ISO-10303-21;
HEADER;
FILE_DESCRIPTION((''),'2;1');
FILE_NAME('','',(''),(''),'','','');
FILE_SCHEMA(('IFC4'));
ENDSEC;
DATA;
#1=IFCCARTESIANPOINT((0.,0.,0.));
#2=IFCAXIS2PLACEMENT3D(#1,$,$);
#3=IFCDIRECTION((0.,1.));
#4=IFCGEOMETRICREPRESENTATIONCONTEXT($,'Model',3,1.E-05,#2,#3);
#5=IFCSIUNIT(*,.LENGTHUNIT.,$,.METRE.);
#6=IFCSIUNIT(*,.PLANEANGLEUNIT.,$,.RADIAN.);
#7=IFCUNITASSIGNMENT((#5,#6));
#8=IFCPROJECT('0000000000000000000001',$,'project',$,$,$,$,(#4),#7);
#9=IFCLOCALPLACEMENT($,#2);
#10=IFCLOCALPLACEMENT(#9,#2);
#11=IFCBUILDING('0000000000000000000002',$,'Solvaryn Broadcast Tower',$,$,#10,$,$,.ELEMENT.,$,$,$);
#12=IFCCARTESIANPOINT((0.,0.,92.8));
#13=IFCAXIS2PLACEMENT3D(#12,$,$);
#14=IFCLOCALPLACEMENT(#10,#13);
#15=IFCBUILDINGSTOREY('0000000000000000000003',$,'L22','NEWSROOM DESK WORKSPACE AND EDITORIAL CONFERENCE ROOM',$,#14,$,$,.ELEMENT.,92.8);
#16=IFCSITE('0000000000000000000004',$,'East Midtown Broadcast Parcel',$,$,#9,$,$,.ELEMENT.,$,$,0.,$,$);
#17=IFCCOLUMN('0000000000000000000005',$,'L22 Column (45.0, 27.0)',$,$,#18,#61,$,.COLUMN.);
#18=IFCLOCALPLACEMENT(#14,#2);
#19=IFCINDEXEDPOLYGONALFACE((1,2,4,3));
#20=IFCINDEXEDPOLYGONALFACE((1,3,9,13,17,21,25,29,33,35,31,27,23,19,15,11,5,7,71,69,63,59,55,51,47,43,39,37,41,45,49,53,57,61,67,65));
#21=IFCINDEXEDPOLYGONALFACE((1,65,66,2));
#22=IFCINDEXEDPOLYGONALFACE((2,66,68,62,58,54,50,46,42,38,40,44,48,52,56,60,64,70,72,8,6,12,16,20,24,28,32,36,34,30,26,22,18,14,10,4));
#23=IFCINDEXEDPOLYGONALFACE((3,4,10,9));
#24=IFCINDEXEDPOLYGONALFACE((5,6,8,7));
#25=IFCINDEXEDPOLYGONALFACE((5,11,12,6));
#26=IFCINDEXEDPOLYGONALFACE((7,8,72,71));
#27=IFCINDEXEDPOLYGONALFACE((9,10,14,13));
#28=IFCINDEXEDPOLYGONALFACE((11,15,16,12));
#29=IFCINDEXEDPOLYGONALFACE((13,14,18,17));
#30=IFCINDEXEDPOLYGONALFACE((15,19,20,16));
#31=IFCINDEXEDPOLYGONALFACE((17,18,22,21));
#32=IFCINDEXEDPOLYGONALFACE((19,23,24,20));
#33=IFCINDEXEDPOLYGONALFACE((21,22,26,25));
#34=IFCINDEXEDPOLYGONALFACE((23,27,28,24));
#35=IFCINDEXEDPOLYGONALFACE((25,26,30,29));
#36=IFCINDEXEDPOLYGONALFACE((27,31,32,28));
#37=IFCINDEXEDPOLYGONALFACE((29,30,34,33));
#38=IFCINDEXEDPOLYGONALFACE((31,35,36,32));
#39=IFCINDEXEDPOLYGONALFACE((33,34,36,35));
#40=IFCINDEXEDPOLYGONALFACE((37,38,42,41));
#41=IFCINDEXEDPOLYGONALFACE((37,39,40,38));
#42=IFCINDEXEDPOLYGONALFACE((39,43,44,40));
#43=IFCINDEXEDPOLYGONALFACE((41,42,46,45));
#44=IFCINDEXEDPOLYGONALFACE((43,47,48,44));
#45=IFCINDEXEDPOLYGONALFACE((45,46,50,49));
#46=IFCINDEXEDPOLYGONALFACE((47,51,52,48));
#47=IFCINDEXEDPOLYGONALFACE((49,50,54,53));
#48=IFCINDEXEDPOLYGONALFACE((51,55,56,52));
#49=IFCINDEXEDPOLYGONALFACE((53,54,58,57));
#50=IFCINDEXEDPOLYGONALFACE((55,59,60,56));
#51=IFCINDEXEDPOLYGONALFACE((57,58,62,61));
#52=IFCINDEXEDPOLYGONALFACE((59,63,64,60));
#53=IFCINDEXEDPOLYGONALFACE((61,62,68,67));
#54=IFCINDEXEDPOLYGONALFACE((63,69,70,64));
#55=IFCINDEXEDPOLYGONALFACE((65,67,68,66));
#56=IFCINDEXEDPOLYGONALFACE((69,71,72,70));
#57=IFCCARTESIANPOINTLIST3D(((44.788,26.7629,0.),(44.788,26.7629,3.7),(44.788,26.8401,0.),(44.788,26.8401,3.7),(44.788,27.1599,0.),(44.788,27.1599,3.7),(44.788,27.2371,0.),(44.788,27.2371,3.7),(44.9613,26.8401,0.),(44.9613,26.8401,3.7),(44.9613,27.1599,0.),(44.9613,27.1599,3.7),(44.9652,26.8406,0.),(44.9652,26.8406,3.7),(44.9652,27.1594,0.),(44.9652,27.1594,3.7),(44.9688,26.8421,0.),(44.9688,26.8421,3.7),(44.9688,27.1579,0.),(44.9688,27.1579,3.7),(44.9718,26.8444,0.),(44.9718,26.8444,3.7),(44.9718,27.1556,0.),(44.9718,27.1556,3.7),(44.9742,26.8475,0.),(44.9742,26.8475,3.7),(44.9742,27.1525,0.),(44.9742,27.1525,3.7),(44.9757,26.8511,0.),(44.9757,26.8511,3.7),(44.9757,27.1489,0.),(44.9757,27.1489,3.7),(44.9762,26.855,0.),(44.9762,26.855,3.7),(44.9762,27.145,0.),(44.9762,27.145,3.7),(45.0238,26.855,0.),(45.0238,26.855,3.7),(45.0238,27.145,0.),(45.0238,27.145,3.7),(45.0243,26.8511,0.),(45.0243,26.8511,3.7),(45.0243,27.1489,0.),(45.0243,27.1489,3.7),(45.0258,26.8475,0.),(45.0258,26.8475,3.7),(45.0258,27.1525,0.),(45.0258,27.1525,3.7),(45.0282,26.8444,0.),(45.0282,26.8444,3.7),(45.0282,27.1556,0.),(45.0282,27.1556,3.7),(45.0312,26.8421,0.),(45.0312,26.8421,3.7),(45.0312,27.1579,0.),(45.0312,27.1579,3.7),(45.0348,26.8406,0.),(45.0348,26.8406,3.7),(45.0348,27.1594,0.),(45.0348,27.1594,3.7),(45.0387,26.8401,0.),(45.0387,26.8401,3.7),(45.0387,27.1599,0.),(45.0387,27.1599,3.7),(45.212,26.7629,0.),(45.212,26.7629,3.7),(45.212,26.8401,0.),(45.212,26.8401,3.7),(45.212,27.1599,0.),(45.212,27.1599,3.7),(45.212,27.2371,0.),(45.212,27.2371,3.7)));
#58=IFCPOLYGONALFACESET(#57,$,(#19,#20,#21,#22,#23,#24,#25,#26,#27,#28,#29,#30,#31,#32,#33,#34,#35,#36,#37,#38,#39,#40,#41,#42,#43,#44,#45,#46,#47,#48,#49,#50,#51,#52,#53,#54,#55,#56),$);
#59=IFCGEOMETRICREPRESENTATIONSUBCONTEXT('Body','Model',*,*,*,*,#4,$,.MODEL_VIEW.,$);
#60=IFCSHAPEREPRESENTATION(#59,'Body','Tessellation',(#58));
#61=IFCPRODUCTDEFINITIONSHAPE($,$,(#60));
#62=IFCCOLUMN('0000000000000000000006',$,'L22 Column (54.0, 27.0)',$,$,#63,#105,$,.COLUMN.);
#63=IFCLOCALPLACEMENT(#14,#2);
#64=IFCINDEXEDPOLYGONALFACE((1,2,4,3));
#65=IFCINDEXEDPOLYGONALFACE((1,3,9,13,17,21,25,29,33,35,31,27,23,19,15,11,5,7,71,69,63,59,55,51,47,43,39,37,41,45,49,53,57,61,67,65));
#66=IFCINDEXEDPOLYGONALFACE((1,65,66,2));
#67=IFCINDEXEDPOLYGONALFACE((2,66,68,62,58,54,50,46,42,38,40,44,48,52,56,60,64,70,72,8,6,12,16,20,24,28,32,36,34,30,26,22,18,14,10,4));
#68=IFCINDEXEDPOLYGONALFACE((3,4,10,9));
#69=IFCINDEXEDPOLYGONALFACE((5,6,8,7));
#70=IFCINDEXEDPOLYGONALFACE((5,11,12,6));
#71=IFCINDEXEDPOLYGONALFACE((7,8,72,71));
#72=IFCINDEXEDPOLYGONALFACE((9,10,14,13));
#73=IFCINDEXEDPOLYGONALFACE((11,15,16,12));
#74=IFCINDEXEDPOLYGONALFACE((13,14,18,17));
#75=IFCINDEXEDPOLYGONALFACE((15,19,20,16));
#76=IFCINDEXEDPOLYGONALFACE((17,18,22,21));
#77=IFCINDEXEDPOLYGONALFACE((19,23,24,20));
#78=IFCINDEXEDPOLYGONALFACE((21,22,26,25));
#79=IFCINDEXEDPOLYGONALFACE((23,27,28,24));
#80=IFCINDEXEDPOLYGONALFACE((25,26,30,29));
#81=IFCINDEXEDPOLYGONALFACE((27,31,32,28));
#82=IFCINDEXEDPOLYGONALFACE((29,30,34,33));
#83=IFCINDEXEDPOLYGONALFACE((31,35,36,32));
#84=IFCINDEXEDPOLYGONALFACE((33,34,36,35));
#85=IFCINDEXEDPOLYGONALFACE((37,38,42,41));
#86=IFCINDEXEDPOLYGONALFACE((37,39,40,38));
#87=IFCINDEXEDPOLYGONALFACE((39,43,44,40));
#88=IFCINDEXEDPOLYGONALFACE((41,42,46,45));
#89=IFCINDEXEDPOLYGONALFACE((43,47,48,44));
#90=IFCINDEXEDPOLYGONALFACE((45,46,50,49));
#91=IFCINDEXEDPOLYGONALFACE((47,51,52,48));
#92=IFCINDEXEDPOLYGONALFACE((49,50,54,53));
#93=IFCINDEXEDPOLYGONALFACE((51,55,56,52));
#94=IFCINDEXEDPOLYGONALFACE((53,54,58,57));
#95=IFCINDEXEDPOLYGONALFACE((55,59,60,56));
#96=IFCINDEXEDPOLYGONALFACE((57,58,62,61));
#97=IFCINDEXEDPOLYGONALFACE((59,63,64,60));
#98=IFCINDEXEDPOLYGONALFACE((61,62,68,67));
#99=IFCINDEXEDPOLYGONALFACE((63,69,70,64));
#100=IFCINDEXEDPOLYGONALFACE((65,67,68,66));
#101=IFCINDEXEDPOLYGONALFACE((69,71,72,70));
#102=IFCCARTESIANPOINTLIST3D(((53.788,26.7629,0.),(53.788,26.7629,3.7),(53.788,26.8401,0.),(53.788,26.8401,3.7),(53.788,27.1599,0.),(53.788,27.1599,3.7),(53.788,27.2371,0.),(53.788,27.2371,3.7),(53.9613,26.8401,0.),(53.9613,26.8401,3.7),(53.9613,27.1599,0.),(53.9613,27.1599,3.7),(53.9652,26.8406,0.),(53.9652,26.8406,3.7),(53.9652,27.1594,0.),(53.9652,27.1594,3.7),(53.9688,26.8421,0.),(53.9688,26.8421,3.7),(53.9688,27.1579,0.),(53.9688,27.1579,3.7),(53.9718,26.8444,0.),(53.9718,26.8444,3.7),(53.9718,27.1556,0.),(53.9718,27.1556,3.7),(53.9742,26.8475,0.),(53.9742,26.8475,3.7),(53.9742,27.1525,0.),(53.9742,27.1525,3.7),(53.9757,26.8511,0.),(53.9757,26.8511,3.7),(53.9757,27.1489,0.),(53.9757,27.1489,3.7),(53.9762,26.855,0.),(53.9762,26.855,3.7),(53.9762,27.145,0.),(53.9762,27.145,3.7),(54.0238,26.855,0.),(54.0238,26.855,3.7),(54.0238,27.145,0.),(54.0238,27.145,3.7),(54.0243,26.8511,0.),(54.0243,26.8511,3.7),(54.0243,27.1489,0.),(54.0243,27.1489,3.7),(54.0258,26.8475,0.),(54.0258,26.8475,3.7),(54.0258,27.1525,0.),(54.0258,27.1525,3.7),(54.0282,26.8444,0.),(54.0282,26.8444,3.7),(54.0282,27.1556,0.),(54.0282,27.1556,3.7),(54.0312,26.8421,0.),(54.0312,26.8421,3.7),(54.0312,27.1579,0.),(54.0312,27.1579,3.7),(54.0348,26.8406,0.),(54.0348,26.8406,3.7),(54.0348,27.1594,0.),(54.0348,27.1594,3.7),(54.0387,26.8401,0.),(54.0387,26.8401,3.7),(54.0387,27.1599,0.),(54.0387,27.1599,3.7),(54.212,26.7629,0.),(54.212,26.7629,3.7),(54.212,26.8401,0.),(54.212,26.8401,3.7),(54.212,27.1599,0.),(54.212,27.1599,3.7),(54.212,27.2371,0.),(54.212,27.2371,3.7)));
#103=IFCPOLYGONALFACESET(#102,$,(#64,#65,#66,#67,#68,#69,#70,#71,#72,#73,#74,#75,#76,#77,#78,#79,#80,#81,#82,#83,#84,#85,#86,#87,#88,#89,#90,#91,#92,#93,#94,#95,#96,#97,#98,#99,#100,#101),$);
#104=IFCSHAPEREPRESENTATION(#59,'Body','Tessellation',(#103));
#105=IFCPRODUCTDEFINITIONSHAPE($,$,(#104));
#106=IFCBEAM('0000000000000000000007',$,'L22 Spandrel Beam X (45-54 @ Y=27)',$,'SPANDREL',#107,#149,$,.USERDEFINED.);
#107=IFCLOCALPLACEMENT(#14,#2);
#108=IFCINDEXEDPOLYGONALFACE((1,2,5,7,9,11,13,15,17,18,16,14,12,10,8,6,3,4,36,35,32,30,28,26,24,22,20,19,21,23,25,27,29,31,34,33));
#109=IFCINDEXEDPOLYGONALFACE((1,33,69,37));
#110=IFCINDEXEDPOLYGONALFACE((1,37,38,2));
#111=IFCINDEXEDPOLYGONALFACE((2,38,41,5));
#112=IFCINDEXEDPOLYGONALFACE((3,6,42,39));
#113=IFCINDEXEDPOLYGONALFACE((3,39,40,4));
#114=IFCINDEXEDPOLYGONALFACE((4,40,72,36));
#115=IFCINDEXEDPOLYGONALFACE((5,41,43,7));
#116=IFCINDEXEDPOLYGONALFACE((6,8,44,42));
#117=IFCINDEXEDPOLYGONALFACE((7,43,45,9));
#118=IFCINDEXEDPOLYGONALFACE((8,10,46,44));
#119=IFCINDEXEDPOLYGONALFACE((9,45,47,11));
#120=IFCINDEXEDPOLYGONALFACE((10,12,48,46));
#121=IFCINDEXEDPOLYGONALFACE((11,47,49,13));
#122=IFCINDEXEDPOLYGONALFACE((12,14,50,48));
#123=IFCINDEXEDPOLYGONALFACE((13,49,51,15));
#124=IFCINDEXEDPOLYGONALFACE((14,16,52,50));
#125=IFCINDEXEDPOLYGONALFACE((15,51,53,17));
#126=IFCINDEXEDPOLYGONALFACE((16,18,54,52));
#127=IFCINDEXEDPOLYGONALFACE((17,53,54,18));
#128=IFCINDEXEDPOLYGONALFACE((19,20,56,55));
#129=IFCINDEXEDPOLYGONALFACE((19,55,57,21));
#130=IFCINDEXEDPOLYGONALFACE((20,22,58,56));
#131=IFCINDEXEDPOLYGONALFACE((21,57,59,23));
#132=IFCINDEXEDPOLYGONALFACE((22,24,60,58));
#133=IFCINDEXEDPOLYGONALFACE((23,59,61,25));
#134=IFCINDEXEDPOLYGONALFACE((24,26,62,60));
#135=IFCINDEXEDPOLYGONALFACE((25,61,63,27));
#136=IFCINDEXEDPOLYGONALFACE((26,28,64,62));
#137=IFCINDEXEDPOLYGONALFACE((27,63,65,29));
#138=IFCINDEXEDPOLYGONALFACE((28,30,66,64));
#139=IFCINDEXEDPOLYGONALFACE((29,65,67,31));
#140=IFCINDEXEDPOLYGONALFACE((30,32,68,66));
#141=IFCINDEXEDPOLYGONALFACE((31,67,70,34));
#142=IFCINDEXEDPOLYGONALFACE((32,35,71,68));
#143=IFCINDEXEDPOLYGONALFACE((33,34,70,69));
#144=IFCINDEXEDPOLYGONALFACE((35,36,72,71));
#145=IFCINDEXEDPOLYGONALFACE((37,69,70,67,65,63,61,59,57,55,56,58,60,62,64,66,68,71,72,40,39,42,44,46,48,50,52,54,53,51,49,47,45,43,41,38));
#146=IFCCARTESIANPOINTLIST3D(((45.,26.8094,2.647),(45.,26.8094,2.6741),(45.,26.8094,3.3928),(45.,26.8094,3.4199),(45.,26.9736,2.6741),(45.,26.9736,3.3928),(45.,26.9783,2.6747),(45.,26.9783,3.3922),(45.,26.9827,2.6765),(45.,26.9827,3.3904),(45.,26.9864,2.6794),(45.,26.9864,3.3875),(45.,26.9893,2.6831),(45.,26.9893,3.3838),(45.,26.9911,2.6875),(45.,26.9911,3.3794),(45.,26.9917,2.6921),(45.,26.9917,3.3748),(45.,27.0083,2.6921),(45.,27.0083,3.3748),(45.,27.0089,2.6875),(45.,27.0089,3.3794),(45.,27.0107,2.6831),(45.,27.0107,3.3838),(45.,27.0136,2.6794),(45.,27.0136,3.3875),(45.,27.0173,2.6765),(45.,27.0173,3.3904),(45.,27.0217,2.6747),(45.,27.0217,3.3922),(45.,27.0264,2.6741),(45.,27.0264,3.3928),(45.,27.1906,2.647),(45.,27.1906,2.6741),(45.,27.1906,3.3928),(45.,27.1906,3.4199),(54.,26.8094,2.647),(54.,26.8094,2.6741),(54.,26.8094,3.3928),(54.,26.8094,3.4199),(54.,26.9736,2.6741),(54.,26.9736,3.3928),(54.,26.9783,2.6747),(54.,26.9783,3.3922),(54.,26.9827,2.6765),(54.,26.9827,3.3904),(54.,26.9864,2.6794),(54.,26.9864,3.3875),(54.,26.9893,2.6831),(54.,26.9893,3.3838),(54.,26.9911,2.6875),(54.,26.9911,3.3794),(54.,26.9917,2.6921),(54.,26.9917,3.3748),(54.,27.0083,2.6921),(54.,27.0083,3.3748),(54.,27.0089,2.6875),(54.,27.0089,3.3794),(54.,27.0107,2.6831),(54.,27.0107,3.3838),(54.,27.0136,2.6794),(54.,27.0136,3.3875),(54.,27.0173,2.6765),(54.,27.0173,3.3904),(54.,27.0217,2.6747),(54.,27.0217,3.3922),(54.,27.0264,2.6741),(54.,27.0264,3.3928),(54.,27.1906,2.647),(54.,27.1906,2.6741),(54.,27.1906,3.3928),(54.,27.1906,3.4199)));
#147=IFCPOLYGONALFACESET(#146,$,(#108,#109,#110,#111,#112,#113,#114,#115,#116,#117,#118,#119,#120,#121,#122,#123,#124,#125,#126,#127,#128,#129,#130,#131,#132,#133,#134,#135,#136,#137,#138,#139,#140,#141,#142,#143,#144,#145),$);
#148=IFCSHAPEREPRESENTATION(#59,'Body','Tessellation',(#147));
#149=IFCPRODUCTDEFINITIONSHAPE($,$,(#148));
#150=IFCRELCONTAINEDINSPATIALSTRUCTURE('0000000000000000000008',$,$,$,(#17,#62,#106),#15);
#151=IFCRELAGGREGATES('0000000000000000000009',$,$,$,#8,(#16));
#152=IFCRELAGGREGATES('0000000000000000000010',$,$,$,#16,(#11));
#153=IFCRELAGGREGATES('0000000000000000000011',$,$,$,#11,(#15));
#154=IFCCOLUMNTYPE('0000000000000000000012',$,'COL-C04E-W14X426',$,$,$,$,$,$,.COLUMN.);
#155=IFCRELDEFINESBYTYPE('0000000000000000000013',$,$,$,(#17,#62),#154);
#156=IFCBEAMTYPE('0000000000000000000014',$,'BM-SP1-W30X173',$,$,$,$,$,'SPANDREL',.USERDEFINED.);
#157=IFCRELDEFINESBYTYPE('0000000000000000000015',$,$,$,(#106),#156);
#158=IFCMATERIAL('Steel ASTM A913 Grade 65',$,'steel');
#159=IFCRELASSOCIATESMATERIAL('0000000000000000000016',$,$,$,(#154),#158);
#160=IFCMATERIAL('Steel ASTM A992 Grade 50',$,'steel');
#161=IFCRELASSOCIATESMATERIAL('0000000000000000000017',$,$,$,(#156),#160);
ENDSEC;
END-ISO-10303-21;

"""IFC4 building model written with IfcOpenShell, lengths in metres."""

from ifc_helpers import new_model, si_unit, direction, frame, origin, origin_2d, place, context, subcontext, project, spatial, i_section, extrude, material, material_profile, profile_set, type_object, element, save


model = new_model("IFC4")

# Units and contexts
model_context = context("Model", 3, precision=1e-05, world=origin(), true_north=direction((0.0, 1.0)))
body_context = subcontext(model_context, "Body", "Model", "MODEL_VIEW")
ifc_project = project(units=[si_unit("LENGTHUNIT", "METRE"), si_unit("PLANEANGLEUNIT", "RADIAN")], contexts=[model_context])

# Site, building, storey
site_placement = place(None, origin())
site = spatial("IfcSite", under=ifc_project, at=site_placement, Name="East Midtown Broadcast Parcel", CompositionType="ELEMENT", RefElevation=0.0)
building_placement = place(site_placement, origin())
building = spatial("IfcBuilding", under=site, at=building_placement, Name="Solvaryn Broadcast Tower", CompositionType="ELEMENT")
storey_placement = place(building_placement, frame((0.0, 0.0, 92.8)))
storey = spatial("IfcBuildingStorey", under=building, at=storey_placement, Name="L22", Description="NEWSROOM DESK WORKSPACE AND EDITORIAL CONFERENCE ROOM", CompositionType="ELEMENT", Elevation=92.8)

# Columns
ifc_material_1 = material(Name="Steel ASTM A913 Grade 65", Category="steel")
ifc_material_profile_1 = material_profile(ifc_material_1, i_section(OverallWidth=0.4241, OverallDepth=0.4741, WebThickness=0.0476, FlangeThickness=0.0771, FilletRadius=0.0149, at=origin_2d()))
ifc_profile_set_1 = profile_set([ifc_material_profile_1], Name="Steel ASTM A913 Grade 65")
column_type = type_object("IfcColumnType", Name="COL-C04E-W14X426", PredefinedType="COLUMN", material=ifc_profile_set_1)
for number, where, z_axis, x_axis, name in (
    (1, (45.0, 27.0, 0.0), (0.0, 0.0, 1.0), (1.0, 0.0, 0.0), "L22 Column (45.0, 27.0)"),
    (2, (54.0, 27.0, 0.0), (0.0, 0.0, 1.0), (1.0, 0.0, 0.0), "L22 Column (54.0, 27.0)"),
):
    element("IfcColumn", number, at=place(storey_placement, frame(where, z_axis=z_axis, x_axis=x_axis)), inside=storey, type_object=column_type, Name=name, PredefinedType="COLUMN", context=body_context, shape_type="SweptSolid", body=[
        extrude(i_section(OverallWidth=0.4241, OverallDepth=0.4741, WebThickness=0.0476, FlangeThickness=0.0771, FilletRadius=0.0149, at=origin_2d()), origin(), (0.0, 0.0, 1.0), 3.7),
    ])

# Beam
ifc_material_2 = material(Name="Steel ASTM A992 Grade 50", Category="steel")
ifc_material_profile_2 = material_profile(ifc_material_2, i_section(OverallWidth=0.3811, OverallDepth=0.7729, WebThickness=0.0166, FlangeThickness=0.0271, FilletRadius=0.0181, at=origin_2d()))
ifc_profile_set_2 = profile_set([ifc_material_profile_2], Name="Steel ASTM A992 Grade 50")
beam_type = type_object("IfcBeamType", Name="BM-SP1-W30X173", ElementType="SPANDREL", PredefinedType="USERDEFINED", material=ifc_profile_set_2)
beam_placement = place(storey_placement, frame((45.0, 27.0, 3.0334), z_axis=(1.0, 0.0, 0.0), x_axis=(0.0, 1.0, 0.0)))
element("IfcBeam", 3, at=beam_placement, inside=storey, type_object=beam_type, Name="L22 Spandrel Beam X (45-54 @ Y=27)", ObjectType="SPANDREL", PredefinedType="USERDEFINED", context=body_context, shape_type="SweptSolid", body=[
    extrude(i_section(OverallWidth=0.3811, OverallDepth=0.7729, WebThickness=0.0166, FlangeThickness=0.0271, FilletRadius=0.0181, at=origin_2d()), origin(), (0.0, 0.0, 1.0), 9.0),
])

save(model, "model.ifc")
